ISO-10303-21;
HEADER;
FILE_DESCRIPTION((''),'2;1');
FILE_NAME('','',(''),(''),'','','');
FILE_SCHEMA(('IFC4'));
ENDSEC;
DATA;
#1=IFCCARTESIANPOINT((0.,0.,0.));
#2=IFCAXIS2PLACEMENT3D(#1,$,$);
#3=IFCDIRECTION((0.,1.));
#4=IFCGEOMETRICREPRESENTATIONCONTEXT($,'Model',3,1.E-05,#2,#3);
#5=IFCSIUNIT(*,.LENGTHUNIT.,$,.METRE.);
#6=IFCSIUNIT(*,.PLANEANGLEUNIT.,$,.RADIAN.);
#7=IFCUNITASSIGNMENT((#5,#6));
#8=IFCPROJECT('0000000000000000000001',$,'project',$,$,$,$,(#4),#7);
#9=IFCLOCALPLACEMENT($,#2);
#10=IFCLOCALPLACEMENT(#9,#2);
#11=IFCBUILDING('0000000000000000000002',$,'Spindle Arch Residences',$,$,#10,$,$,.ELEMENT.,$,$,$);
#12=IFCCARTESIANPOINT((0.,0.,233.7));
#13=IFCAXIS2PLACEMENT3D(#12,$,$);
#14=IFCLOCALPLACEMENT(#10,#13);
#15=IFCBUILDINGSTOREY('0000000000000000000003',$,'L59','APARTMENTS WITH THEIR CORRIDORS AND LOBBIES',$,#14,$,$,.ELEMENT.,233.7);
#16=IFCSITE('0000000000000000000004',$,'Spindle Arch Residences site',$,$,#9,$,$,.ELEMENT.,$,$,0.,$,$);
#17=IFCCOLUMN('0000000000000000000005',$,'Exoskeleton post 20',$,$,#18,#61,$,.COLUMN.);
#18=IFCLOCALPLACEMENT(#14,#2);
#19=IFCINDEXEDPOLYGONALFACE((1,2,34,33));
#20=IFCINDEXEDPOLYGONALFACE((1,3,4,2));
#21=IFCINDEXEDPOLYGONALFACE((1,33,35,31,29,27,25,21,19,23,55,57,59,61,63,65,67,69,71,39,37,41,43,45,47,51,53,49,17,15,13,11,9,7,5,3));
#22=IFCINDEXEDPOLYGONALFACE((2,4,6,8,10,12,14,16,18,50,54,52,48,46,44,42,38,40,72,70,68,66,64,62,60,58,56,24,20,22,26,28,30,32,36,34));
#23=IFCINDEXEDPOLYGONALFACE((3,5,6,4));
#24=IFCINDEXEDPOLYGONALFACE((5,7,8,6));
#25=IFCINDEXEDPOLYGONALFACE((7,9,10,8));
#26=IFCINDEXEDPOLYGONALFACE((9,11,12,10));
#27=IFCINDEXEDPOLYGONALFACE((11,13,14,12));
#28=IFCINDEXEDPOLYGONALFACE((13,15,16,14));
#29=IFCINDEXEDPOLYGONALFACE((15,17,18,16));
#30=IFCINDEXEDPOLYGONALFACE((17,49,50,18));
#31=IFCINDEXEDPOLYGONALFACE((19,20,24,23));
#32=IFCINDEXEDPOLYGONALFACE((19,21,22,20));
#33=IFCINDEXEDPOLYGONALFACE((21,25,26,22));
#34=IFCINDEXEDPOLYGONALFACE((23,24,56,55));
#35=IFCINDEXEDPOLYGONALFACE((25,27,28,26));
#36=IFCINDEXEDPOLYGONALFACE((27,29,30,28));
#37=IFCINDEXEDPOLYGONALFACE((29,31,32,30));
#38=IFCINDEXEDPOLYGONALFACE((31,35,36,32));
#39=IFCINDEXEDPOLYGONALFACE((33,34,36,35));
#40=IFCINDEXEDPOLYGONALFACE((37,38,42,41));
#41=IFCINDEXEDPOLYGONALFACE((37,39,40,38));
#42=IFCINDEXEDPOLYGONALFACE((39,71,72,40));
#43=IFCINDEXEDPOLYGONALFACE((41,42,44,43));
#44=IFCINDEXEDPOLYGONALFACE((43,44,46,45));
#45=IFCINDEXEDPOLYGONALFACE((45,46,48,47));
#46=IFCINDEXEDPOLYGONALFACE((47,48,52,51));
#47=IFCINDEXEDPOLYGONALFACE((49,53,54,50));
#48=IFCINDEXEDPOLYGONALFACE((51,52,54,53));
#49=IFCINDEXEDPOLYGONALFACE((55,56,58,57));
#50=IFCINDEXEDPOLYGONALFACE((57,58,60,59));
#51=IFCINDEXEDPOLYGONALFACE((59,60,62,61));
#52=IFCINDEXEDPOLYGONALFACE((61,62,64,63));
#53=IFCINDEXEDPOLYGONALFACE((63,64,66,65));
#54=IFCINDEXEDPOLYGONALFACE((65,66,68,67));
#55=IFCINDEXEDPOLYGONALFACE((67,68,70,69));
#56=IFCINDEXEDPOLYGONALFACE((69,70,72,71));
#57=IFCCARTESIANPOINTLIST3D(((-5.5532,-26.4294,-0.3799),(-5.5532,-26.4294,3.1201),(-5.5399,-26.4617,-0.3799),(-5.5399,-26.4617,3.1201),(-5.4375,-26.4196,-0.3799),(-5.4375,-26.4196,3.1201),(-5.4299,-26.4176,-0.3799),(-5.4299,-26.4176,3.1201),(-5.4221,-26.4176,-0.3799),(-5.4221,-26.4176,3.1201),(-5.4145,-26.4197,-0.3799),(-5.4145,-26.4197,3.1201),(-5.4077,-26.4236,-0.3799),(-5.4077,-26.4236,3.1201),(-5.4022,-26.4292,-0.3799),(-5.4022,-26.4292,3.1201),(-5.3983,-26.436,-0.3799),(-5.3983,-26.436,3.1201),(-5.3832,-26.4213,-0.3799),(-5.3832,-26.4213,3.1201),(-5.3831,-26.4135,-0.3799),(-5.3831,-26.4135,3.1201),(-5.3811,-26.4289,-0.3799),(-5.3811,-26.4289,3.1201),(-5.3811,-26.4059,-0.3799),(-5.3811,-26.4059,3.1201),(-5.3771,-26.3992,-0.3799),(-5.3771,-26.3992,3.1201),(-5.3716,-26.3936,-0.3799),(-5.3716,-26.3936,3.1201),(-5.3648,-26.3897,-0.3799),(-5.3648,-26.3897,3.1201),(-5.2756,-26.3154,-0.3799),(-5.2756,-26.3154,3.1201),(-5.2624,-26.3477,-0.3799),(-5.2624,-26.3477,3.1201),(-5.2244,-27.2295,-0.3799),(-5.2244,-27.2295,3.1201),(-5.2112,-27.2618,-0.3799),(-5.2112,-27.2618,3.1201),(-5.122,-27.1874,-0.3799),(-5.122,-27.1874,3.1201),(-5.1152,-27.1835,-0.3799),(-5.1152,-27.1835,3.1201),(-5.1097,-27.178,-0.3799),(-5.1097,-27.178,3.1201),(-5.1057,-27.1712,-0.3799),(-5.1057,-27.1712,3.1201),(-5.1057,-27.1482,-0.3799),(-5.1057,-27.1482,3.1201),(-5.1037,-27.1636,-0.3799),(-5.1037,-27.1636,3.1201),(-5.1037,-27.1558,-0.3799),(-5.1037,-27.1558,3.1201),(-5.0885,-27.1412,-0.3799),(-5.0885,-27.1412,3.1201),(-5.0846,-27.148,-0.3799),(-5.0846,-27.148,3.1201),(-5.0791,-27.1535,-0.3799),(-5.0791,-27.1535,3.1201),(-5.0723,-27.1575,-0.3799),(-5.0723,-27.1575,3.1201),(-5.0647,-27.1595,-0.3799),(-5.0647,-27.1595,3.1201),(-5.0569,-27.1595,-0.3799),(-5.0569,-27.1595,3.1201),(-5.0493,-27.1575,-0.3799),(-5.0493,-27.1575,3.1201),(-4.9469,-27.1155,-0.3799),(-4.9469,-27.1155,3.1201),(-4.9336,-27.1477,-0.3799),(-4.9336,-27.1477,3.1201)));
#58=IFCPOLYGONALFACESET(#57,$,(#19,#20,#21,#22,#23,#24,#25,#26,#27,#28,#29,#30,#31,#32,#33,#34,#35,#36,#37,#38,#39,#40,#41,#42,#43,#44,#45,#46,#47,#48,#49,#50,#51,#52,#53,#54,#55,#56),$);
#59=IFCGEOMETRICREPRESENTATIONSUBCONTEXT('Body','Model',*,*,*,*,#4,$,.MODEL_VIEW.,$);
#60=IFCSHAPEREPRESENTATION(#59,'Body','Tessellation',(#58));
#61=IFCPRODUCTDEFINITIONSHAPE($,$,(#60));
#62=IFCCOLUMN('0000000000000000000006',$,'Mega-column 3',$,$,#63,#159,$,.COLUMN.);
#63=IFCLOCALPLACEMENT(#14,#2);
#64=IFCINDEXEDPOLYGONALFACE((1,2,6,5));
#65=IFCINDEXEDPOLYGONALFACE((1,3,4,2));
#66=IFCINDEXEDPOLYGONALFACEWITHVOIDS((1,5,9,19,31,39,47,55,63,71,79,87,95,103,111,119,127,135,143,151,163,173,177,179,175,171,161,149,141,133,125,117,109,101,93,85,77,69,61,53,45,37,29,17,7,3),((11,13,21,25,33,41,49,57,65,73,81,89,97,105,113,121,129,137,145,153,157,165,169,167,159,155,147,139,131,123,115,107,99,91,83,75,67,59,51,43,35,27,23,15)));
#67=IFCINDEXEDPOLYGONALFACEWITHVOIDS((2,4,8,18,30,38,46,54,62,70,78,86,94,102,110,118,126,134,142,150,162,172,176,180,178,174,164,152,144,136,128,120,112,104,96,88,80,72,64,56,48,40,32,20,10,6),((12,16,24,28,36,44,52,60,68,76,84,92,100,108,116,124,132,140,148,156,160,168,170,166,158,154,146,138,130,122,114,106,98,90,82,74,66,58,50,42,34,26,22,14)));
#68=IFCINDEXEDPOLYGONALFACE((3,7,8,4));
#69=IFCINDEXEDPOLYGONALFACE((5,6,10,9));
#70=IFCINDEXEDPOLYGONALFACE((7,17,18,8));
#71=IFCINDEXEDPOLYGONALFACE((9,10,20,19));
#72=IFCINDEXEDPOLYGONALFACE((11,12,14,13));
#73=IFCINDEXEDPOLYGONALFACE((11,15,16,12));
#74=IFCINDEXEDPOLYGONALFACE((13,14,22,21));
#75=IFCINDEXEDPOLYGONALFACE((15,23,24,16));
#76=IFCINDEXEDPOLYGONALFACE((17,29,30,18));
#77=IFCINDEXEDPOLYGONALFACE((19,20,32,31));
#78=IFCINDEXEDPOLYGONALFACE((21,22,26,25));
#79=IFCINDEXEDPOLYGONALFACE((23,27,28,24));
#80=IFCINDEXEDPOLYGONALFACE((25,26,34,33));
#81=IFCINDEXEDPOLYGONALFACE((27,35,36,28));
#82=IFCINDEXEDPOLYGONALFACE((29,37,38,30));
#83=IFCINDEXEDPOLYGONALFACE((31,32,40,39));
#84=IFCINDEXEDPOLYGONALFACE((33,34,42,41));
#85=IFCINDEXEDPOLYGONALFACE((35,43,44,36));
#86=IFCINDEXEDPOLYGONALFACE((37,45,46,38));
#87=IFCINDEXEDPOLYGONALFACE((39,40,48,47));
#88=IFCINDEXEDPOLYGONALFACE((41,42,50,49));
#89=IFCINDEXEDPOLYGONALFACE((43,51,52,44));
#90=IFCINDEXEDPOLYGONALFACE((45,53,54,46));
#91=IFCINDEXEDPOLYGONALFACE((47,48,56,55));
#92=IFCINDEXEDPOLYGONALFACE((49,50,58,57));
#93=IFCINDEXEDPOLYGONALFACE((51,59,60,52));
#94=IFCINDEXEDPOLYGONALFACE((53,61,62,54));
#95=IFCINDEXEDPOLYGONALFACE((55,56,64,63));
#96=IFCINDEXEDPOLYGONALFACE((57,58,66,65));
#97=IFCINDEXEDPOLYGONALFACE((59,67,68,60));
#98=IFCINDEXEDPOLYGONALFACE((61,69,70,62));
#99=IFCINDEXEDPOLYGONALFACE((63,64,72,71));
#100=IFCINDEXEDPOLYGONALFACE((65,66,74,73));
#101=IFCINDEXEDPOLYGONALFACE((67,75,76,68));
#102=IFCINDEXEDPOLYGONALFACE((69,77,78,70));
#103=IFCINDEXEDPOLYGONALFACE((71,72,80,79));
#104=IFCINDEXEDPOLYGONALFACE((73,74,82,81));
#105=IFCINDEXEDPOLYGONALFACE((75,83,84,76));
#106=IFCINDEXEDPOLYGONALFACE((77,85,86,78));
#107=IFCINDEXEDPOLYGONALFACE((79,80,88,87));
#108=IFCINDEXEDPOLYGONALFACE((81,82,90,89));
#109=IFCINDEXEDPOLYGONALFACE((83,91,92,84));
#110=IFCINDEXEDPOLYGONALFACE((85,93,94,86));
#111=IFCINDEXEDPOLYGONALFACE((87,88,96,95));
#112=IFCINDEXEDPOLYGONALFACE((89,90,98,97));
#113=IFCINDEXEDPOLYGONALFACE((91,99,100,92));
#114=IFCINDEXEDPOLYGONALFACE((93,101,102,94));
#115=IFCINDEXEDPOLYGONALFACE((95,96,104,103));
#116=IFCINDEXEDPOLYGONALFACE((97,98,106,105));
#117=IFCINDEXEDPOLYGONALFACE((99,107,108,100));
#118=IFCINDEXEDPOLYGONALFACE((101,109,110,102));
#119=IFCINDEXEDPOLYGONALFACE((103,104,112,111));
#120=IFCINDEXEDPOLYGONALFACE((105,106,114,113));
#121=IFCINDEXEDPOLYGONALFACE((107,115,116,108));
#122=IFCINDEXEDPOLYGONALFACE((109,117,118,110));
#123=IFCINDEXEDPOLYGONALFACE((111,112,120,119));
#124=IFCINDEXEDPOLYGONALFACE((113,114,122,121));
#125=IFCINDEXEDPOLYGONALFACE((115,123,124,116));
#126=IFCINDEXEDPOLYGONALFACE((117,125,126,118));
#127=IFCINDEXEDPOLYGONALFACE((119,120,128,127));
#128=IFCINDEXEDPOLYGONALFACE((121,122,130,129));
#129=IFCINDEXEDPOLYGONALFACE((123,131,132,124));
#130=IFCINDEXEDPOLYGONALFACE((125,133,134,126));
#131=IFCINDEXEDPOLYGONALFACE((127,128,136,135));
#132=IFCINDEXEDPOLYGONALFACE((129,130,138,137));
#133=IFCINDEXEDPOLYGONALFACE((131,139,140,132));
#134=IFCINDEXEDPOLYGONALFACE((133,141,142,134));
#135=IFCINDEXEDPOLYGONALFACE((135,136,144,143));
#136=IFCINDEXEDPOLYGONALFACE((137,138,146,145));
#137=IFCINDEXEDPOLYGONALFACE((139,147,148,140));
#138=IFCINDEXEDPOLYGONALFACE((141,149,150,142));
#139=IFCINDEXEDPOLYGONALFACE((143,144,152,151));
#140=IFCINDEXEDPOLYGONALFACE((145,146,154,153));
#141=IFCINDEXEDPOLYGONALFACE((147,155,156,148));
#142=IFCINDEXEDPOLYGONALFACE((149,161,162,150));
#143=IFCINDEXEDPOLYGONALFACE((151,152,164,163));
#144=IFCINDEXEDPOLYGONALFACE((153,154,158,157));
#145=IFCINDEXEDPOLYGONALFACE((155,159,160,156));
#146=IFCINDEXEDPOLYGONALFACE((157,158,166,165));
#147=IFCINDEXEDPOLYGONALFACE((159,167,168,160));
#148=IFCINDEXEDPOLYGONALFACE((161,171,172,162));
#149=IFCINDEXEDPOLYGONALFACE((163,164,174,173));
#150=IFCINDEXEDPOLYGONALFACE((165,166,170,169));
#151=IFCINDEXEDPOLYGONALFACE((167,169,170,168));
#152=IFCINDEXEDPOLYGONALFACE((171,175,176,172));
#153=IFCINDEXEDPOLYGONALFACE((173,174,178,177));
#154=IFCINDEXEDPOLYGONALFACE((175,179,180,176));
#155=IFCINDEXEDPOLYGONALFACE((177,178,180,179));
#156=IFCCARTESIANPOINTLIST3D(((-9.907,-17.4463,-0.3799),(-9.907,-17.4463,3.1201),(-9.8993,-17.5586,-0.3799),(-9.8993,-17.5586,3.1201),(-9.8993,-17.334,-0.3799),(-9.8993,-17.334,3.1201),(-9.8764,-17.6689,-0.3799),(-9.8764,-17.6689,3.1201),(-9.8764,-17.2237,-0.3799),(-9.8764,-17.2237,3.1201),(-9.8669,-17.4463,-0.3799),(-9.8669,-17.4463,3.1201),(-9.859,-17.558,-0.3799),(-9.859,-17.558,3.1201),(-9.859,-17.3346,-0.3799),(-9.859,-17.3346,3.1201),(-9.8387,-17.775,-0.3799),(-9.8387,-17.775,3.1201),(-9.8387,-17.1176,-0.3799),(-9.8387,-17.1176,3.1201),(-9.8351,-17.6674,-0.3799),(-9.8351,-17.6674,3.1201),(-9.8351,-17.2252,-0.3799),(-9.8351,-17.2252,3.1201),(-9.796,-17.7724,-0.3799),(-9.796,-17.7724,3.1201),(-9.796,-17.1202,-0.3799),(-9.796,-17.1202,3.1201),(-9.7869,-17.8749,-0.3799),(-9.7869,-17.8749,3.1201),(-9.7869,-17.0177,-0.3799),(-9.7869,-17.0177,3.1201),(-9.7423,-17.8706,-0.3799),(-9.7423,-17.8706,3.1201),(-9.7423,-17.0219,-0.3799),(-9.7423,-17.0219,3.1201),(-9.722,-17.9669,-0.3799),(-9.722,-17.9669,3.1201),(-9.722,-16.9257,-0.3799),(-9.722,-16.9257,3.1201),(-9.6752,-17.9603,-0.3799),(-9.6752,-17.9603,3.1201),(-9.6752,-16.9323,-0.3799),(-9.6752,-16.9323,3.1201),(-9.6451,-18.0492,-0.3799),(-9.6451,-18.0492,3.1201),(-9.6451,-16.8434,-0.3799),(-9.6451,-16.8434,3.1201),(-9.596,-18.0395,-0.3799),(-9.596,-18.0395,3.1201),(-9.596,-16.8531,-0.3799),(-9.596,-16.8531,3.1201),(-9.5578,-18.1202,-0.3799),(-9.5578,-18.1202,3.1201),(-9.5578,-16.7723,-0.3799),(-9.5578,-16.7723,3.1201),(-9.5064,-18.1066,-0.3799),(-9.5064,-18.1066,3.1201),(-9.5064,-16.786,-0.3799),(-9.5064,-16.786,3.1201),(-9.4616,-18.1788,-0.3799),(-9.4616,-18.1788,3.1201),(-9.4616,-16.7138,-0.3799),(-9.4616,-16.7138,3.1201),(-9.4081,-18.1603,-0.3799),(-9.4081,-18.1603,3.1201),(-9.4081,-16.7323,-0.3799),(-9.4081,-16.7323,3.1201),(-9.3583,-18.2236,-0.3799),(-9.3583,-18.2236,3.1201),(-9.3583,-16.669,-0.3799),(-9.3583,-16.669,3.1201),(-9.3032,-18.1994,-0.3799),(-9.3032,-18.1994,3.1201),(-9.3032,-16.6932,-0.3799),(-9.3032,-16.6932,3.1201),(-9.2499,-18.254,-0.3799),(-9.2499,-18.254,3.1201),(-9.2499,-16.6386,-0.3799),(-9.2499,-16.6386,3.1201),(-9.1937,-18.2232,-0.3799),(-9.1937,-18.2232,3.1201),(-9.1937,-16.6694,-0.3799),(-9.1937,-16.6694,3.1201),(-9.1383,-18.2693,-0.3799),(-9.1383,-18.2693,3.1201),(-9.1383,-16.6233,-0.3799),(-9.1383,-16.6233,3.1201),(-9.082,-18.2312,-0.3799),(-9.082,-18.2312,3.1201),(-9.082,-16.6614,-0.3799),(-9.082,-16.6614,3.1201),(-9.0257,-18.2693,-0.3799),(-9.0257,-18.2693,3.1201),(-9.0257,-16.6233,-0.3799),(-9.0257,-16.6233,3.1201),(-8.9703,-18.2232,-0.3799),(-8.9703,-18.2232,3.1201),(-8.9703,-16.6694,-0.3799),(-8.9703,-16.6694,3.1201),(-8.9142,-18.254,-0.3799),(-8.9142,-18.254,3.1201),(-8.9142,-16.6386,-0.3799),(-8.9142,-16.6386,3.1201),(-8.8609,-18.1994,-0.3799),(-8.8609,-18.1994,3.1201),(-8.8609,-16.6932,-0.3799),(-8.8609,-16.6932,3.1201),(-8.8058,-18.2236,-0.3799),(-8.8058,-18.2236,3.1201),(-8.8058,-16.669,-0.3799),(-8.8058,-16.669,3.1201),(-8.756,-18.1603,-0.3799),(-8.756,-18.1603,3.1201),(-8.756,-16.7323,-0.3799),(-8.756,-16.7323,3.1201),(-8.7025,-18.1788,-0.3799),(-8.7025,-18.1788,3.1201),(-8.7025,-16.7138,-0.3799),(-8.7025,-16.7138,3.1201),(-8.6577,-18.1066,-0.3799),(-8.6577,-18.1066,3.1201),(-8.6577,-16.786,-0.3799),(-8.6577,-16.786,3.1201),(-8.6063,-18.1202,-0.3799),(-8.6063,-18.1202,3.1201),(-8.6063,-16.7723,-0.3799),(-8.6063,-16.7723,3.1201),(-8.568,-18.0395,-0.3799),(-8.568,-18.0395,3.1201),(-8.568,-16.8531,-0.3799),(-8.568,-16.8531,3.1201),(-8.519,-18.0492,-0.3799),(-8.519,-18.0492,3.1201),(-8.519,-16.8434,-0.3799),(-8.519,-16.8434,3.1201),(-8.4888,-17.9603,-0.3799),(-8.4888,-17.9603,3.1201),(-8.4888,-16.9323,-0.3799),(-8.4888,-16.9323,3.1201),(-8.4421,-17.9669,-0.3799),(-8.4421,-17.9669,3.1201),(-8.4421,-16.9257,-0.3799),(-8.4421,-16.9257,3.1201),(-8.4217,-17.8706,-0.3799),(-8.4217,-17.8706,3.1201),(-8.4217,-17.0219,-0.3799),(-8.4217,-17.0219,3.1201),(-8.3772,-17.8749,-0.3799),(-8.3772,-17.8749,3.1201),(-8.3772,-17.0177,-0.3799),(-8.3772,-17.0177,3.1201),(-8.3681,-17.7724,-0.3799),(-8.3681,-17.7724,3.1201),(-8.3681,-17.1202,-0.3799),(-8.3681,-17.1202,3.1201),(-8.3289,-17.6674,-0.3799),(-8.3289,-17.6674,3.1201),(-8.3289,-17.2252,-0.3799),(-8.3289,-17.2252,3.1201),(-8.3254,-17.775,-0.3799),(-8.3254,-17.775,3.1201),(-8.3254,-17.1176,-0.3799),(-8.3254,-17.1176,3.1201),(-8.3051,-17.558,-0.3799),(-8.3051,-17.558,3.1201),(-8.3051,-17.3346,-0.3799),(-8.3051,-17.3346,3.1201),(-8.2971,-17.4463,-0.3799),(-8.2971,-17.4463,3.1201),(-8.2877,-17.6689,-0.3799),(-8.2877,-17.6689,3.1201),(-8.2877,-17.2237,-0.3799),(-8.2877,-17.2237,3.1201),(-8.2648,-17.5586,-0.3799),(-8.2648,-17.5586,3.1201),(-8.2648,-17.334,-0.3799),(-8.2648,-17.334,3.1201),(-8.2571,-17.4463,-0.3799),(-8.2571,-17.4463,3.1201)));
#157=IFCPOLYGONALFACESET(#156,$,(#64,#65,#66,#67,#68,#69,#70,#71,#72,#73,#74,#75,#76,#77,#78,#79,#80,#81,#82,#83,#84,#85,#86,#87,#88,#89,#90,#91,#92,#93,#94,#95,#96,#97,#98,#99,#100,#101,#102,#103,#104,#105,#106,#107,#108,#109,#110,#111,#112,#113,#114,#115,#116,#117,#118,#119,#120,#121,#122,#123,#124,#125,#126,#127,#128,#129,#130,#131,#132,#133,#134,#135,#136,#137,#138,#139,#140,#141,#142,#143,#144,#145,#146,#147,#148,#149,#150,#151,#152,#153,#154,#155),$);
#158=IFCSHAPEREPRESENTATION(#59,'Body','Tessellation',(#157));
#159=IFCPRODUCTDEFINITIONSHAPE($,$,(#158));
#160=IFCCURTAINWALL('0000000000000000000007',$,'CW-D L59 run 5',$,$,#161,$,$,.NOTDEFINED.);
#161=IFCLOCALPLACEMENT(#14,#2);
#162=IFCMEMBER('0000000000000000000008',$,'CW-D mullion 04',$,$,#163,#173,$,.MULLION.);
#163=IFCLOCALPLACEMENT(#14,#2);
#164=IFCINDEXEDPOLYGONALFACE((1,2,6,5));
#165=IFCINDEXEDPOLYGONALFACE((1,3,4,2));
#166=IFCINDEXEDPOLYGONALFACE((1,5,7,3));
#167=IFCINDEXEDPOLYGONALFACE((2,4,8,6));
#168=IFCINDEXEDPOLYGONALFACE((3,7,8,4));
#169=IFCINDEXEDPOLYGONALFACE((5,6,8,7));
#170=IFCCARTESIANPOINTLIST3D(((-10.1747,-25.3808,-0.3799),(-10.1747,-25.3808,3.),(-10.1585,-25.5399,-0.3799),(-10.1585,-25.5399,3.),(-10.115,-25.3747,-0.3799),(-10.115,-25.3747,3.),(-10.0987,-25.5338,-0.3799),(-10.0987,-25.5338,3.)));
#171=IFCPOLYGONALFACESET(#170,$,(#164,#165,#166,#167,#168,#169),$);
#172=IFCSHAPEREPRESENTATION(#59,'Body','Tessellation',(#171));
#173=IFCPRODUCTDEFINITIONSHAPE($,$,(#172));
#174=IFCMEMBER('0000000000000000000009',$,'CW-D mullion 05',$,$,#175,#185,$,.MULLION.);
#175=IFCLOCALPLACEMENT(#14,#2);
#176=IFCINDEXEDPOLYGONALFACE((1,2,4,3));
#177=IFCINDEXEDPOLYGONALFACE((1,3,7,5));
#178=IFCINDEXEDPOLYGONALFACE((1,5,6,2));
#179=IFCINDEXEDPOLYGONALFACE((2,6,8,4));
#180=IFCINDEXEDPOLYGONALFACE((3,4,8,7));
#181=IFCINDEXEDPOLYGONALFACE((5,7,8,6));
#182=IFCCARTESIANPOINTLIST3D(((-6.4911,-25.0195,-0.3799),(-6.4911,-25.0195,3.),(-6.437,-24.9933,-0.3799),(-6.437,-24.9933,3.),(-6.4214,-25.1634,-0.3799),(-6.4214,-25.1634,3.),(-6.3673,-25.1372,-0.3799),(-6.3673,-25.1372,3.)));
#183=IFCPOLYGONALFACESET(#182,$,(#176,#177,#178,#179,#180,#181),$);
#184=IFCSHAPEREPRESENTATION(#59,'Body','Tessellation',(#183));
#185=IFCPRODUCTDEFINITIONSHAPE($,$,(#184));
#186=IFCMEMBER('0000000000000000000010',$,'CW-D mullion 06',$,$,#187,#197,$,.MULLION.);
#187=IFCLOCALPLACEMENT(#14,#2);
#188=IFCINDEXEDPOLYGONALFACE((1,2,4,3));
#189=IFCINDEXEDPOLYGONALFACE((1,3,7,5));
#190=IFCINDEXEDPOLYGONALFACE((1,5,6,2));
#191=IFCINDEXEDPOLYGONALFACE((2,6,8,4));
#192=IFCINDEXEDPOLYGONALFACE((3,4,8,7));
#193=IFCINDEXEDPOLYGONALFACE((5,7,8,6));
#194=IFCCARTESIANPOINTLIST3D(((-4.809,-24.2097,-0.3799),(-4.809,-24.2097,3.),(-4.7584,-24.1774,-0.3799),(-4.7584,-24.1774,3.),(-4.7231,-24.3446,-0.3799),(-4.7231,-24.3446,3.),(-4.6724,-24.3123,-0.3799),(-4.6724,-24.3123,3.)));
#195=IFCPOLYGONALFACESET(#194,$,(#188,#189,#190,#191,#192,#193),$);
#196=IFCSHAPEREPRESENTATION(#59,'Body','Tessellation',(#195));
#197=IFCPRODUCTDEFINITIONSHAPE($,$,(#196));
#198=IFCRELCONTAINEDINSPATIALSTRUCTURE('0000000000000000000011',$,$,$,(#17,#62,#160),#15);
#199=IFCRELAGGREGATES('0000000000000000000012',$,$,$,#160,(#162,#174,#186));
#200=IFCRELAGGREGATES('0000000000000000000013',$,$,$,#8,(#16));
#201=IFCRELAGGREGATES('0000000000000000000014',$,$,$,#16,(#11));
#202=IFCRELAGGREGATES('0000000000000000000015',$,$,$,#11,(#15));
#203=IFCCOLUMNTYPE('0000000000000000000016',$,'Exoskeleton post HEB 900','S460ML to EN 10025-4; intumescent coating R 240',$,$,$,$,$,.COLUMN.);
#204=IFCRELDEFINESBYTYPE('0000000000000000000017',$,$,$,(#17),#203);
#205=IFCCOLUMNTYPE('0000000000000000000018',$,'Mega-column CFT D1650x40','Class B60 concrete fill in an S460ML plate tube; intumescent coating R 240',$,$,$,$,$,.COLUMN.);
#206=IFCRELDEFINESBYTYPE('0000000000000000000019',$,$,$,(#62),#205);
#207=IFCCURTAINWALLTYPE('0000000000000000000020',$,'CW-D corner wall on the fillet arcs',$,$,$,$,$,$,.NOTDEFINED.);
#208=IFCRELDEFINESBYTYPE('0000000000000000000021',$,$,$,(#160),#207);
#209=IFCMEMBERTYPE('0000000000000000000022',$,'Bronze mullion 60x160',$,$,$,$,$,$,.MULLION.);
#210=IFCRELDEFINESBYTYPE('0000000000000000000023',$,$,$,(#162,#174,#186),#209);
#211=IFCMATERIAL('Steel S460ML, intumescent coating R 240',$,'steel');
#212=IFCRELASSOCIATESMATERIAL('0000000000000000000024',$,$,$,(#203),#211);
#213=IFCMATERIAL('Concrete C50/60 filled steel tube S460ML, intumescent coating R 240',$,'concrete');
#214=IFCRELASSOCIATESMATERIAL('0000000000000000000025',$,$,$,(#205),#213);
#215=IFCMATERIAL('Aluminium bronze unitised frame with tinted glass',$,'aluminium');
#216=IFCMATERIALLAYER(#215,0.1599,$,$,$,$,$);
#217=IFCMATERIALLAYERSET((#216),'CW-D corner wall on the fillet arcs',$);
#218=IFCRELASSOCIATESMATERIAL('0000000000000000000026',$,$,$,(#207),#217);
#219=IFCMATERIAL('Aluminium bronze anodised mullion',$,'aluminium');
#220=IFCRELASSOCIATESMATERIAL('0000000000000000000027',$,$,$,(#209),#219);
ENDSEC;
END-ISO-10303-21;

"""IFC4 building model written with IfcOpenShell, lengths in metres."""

from ifc_helpers import new_model, si_unit, direction, frame, origin, origin_2d, place, context, subcontext, project, spatial, rectangle, hollow_circle, i_section, extrude, material, layer, layer_set, material_profile, profile_set, type_object, element, aggregate, save


model = new_model("IFC4")

# Units and contexts
model_context = context("Model", 3, precision=1e-05, world=origin(), true_north=direction((0.0, 1.0)))
body_context = subcontext(model_context, "Body", "Model", "MODEL_VIEW")
ifc_project = project(units=[si_unit("LENGTHUNIT", "METRE"), si_unit("PLANEANGLEUNIT", "RADIAN")], contexts=[model_context])

# Site, building, storey
site_placement = place(None, origin())
site = spatial("IfcSite", under=ifc_project, at=site_placement, Name="Spindle Arch Residences site", CompositionType="ELEMENT", RefElevation=0.0)
building_placement = place(site_placement, origin())
building = spatial("IfcBuilding", under=site, at=building_placement, Name="Spindle Arch Residences", CompositionType="ELEMENT")
storey_placement = place(building_placement, frame((0.0, 0.0, 233.7)))
storey = spatial("IfcBuildingStorey", under=building, at=storey_placement, Name="L59", Description="APARTMENTS WITH THEIR CORRIDORS AND LOBBIES", CompositionType="ELEMENT", Elevation=233.7)

# Columns
ifc_material_1 = material(Name="Steel S460ML, intumescent coating R 240", Category="steel")
ifc_material_profile_1 = material_profile(ifc_material_1, i_section(OverallWidth=0.3, OverallDepth=0.8999, WebThickness=0.0186, FlangeThickness=0.0349, FilletRadius=0.03, at=origin_2d()), Name="HEB 900")
ifc_profile_set_1 = profile_set([ifc_material_profile_1], Name="Steel S460ML, intumescent coating R 240")
column_type_1 = type_object("IfcColumnType", Name="Exoskeleton post HEB 900", Description="S460ML to EN 10025-4; intumescent coating R 240", PredefinedType="COLUMN", material=ifc_profile_set_1)
column_1_placement = place(storey_placement, frame((-5.2434, -26.7886, -0.3799), z_axis=(0.0, 0.0, 1.0), x_axis=(-0.924968, -0.380046, 0.0)))
element("IfcColumn", 1, at=column_1_placement, inside=storey, type_object=column_type_1, Name="Exoskeleton post 20", PredefinedType="COLUMN", context=body_context, shape_type="SweptSolid", body=[
    extrude(i_section(OverallWidth=0.3, OverallDepth=0.8999, WebThickness=0.0186, FlangeThickness=0.0349, FilletRadius=0.03, at=origin_2d()), origin(), (0.0, 0.0, 1.0), 3.5),
])
ifc_material_2 = material(Name="Concrete C50/60 filled steel tube S460ML, intumescent coating R 240", Category="concrete")
ifc_material_profile_2 = material_profile(ifc_material_2, hollow_circle(Radius=0.825, WallThickness=0.04, at=origin_2d()), Name="CFT D1650x40")
ifc_profile_set_2 = profile_set([ifc_material_profile_2], Name="Concrete C50/60 filled steel tube S460ML, intumescent coating R 240")
column_type_2 = type_object("IfcColumnType", Name="Mega-column CFT D1650x40", Description="Class B60 concrete fill in an S460ML plate tube; intumescent coating R 240", PredefinedType="COLUMN", material=ifc_profile_set_2)
column_2_placement = place(storey_placement, frame((-9.082, -17.4463, -0.3799), z_axis=(0.0, 0.0, 1.0), x_axis=(1.0, 0.0, 0.0)))
element("IfcColumn", 2, at=column_2_placement, inside=storey, type_object=column_type_2, Name="Mega-column 3", PredefinedType="COLUMN", context=body_context, shape_type="SweptSolid", body=[
    extrude(hollow_circle(Radius=0.825, WallThickness=0.04, at=origin_2d()), origin(), (0.0, 0.0, 1.0), 3.5),
])

# Curtain wall, members
ifc_material_3 = material(Name="Aluminium bronze unitised frame with tinted glass", Category="aluminium")
ifc_layer_1 = layer(ifc_material_3, 0.1599)
ifc_layer_set_1 = layer_set([ifc_layer_1], Name="CW-D corner wall on the fillet arcs")
curtain_wall_type = type_object("IfcCurtainWallType", Name="CW-D corner wall on the fillet arcs", PredefinedType="NOTDEFINED", material=ifc_layer_set_1)
curtain_wall_placement = place(storey_placement, origin())
curtain_wall = element("IfcCurtainWall", 3, at=curtain_wall_placement, inside=storey, type_object=curtain_wall_type, Name="CW-D L59 run 5", PredefinedType="NOTDEFINED")
ifc_material_4 = material(Name="Aluminium bronze anodised mullion", Category="aluminium")
ifc_material_profile_3 = material_profile(ifc_material_4, rectangle(XDim=0.1599, YDim=0.0601, at=origin_2d()), Name="MU 60x160")
ifc_profile_set_3 = profile_set([ifc_material_profile_3], Name="Aluminium bronze anodised mullion")
member_type_1 = type_object("IfcMemberType", Name="Bronze mullion 60x160", PredefinedType="MULLION", material=ifc_profile_set_3)
member_1_placement = place(storey_placement, frame((-10.1367, -25.4573, -0.3799), z_axis=(0.0, 0.0, 1.0), x_axis=(-0.101635, 0.994822, 0.0)))
member_1 = element("IfcMember", 4, at=member_1_placement, type_object=member_type_1, Name="CW-D mullion 04", PredefinedType="MULLION", context=body_context, shape_type="SweptSolid", body=[
    extrude(rectangle(XDim=0.1599, YDim=0.0601, at=origin_2d()), origin(), (0.0, 0.0, 1.0), 3.3799),
])
member_2_placement = place(storey_placement, frame((-6.4292, -25.0784, -0.3799), z_axis=(0.0, 0.0, 1.0), x_axis=(-0.435755, 0.900065, 0.0)))
member_2 = element("IfcMember", 5, at=member_2_placement, type_object=member_type_1, Name="CW-D mullion 05", PredefinedType="MULLION", context=body_context, shape_type="SweptSolid", body=[
    extrude(rectangle(XDim=0.1599, YDim=0.0601, at=origin_2d()), origin(), (0.0, 0.0, 1.0), 3.3799),
])
member_3_placement = place(storey_placement, frame((-4.7407, -24.261, -0.3799), z_axis=(0.0, 0.0, 1.0), x_axis=(-0.5373, 0.843391, 0.0)))
member_3 = element("IfcMember", 6, at=member_3_placement, type_object=member_type_1, Name="CW-D mullion 06", PredefinedType="MULLION", context=body_context, shape_type="SweptSolid", body=[
    extrude(rectangle(XDim=0.1599, YDim=0.0601, at=origin_2d()), origin(), (0.0, 0.0, 1.0), 3.3799),
])

aggregate(curtain_wall, [member_1, member_2, member_3])

save(model, "model.ifc")
